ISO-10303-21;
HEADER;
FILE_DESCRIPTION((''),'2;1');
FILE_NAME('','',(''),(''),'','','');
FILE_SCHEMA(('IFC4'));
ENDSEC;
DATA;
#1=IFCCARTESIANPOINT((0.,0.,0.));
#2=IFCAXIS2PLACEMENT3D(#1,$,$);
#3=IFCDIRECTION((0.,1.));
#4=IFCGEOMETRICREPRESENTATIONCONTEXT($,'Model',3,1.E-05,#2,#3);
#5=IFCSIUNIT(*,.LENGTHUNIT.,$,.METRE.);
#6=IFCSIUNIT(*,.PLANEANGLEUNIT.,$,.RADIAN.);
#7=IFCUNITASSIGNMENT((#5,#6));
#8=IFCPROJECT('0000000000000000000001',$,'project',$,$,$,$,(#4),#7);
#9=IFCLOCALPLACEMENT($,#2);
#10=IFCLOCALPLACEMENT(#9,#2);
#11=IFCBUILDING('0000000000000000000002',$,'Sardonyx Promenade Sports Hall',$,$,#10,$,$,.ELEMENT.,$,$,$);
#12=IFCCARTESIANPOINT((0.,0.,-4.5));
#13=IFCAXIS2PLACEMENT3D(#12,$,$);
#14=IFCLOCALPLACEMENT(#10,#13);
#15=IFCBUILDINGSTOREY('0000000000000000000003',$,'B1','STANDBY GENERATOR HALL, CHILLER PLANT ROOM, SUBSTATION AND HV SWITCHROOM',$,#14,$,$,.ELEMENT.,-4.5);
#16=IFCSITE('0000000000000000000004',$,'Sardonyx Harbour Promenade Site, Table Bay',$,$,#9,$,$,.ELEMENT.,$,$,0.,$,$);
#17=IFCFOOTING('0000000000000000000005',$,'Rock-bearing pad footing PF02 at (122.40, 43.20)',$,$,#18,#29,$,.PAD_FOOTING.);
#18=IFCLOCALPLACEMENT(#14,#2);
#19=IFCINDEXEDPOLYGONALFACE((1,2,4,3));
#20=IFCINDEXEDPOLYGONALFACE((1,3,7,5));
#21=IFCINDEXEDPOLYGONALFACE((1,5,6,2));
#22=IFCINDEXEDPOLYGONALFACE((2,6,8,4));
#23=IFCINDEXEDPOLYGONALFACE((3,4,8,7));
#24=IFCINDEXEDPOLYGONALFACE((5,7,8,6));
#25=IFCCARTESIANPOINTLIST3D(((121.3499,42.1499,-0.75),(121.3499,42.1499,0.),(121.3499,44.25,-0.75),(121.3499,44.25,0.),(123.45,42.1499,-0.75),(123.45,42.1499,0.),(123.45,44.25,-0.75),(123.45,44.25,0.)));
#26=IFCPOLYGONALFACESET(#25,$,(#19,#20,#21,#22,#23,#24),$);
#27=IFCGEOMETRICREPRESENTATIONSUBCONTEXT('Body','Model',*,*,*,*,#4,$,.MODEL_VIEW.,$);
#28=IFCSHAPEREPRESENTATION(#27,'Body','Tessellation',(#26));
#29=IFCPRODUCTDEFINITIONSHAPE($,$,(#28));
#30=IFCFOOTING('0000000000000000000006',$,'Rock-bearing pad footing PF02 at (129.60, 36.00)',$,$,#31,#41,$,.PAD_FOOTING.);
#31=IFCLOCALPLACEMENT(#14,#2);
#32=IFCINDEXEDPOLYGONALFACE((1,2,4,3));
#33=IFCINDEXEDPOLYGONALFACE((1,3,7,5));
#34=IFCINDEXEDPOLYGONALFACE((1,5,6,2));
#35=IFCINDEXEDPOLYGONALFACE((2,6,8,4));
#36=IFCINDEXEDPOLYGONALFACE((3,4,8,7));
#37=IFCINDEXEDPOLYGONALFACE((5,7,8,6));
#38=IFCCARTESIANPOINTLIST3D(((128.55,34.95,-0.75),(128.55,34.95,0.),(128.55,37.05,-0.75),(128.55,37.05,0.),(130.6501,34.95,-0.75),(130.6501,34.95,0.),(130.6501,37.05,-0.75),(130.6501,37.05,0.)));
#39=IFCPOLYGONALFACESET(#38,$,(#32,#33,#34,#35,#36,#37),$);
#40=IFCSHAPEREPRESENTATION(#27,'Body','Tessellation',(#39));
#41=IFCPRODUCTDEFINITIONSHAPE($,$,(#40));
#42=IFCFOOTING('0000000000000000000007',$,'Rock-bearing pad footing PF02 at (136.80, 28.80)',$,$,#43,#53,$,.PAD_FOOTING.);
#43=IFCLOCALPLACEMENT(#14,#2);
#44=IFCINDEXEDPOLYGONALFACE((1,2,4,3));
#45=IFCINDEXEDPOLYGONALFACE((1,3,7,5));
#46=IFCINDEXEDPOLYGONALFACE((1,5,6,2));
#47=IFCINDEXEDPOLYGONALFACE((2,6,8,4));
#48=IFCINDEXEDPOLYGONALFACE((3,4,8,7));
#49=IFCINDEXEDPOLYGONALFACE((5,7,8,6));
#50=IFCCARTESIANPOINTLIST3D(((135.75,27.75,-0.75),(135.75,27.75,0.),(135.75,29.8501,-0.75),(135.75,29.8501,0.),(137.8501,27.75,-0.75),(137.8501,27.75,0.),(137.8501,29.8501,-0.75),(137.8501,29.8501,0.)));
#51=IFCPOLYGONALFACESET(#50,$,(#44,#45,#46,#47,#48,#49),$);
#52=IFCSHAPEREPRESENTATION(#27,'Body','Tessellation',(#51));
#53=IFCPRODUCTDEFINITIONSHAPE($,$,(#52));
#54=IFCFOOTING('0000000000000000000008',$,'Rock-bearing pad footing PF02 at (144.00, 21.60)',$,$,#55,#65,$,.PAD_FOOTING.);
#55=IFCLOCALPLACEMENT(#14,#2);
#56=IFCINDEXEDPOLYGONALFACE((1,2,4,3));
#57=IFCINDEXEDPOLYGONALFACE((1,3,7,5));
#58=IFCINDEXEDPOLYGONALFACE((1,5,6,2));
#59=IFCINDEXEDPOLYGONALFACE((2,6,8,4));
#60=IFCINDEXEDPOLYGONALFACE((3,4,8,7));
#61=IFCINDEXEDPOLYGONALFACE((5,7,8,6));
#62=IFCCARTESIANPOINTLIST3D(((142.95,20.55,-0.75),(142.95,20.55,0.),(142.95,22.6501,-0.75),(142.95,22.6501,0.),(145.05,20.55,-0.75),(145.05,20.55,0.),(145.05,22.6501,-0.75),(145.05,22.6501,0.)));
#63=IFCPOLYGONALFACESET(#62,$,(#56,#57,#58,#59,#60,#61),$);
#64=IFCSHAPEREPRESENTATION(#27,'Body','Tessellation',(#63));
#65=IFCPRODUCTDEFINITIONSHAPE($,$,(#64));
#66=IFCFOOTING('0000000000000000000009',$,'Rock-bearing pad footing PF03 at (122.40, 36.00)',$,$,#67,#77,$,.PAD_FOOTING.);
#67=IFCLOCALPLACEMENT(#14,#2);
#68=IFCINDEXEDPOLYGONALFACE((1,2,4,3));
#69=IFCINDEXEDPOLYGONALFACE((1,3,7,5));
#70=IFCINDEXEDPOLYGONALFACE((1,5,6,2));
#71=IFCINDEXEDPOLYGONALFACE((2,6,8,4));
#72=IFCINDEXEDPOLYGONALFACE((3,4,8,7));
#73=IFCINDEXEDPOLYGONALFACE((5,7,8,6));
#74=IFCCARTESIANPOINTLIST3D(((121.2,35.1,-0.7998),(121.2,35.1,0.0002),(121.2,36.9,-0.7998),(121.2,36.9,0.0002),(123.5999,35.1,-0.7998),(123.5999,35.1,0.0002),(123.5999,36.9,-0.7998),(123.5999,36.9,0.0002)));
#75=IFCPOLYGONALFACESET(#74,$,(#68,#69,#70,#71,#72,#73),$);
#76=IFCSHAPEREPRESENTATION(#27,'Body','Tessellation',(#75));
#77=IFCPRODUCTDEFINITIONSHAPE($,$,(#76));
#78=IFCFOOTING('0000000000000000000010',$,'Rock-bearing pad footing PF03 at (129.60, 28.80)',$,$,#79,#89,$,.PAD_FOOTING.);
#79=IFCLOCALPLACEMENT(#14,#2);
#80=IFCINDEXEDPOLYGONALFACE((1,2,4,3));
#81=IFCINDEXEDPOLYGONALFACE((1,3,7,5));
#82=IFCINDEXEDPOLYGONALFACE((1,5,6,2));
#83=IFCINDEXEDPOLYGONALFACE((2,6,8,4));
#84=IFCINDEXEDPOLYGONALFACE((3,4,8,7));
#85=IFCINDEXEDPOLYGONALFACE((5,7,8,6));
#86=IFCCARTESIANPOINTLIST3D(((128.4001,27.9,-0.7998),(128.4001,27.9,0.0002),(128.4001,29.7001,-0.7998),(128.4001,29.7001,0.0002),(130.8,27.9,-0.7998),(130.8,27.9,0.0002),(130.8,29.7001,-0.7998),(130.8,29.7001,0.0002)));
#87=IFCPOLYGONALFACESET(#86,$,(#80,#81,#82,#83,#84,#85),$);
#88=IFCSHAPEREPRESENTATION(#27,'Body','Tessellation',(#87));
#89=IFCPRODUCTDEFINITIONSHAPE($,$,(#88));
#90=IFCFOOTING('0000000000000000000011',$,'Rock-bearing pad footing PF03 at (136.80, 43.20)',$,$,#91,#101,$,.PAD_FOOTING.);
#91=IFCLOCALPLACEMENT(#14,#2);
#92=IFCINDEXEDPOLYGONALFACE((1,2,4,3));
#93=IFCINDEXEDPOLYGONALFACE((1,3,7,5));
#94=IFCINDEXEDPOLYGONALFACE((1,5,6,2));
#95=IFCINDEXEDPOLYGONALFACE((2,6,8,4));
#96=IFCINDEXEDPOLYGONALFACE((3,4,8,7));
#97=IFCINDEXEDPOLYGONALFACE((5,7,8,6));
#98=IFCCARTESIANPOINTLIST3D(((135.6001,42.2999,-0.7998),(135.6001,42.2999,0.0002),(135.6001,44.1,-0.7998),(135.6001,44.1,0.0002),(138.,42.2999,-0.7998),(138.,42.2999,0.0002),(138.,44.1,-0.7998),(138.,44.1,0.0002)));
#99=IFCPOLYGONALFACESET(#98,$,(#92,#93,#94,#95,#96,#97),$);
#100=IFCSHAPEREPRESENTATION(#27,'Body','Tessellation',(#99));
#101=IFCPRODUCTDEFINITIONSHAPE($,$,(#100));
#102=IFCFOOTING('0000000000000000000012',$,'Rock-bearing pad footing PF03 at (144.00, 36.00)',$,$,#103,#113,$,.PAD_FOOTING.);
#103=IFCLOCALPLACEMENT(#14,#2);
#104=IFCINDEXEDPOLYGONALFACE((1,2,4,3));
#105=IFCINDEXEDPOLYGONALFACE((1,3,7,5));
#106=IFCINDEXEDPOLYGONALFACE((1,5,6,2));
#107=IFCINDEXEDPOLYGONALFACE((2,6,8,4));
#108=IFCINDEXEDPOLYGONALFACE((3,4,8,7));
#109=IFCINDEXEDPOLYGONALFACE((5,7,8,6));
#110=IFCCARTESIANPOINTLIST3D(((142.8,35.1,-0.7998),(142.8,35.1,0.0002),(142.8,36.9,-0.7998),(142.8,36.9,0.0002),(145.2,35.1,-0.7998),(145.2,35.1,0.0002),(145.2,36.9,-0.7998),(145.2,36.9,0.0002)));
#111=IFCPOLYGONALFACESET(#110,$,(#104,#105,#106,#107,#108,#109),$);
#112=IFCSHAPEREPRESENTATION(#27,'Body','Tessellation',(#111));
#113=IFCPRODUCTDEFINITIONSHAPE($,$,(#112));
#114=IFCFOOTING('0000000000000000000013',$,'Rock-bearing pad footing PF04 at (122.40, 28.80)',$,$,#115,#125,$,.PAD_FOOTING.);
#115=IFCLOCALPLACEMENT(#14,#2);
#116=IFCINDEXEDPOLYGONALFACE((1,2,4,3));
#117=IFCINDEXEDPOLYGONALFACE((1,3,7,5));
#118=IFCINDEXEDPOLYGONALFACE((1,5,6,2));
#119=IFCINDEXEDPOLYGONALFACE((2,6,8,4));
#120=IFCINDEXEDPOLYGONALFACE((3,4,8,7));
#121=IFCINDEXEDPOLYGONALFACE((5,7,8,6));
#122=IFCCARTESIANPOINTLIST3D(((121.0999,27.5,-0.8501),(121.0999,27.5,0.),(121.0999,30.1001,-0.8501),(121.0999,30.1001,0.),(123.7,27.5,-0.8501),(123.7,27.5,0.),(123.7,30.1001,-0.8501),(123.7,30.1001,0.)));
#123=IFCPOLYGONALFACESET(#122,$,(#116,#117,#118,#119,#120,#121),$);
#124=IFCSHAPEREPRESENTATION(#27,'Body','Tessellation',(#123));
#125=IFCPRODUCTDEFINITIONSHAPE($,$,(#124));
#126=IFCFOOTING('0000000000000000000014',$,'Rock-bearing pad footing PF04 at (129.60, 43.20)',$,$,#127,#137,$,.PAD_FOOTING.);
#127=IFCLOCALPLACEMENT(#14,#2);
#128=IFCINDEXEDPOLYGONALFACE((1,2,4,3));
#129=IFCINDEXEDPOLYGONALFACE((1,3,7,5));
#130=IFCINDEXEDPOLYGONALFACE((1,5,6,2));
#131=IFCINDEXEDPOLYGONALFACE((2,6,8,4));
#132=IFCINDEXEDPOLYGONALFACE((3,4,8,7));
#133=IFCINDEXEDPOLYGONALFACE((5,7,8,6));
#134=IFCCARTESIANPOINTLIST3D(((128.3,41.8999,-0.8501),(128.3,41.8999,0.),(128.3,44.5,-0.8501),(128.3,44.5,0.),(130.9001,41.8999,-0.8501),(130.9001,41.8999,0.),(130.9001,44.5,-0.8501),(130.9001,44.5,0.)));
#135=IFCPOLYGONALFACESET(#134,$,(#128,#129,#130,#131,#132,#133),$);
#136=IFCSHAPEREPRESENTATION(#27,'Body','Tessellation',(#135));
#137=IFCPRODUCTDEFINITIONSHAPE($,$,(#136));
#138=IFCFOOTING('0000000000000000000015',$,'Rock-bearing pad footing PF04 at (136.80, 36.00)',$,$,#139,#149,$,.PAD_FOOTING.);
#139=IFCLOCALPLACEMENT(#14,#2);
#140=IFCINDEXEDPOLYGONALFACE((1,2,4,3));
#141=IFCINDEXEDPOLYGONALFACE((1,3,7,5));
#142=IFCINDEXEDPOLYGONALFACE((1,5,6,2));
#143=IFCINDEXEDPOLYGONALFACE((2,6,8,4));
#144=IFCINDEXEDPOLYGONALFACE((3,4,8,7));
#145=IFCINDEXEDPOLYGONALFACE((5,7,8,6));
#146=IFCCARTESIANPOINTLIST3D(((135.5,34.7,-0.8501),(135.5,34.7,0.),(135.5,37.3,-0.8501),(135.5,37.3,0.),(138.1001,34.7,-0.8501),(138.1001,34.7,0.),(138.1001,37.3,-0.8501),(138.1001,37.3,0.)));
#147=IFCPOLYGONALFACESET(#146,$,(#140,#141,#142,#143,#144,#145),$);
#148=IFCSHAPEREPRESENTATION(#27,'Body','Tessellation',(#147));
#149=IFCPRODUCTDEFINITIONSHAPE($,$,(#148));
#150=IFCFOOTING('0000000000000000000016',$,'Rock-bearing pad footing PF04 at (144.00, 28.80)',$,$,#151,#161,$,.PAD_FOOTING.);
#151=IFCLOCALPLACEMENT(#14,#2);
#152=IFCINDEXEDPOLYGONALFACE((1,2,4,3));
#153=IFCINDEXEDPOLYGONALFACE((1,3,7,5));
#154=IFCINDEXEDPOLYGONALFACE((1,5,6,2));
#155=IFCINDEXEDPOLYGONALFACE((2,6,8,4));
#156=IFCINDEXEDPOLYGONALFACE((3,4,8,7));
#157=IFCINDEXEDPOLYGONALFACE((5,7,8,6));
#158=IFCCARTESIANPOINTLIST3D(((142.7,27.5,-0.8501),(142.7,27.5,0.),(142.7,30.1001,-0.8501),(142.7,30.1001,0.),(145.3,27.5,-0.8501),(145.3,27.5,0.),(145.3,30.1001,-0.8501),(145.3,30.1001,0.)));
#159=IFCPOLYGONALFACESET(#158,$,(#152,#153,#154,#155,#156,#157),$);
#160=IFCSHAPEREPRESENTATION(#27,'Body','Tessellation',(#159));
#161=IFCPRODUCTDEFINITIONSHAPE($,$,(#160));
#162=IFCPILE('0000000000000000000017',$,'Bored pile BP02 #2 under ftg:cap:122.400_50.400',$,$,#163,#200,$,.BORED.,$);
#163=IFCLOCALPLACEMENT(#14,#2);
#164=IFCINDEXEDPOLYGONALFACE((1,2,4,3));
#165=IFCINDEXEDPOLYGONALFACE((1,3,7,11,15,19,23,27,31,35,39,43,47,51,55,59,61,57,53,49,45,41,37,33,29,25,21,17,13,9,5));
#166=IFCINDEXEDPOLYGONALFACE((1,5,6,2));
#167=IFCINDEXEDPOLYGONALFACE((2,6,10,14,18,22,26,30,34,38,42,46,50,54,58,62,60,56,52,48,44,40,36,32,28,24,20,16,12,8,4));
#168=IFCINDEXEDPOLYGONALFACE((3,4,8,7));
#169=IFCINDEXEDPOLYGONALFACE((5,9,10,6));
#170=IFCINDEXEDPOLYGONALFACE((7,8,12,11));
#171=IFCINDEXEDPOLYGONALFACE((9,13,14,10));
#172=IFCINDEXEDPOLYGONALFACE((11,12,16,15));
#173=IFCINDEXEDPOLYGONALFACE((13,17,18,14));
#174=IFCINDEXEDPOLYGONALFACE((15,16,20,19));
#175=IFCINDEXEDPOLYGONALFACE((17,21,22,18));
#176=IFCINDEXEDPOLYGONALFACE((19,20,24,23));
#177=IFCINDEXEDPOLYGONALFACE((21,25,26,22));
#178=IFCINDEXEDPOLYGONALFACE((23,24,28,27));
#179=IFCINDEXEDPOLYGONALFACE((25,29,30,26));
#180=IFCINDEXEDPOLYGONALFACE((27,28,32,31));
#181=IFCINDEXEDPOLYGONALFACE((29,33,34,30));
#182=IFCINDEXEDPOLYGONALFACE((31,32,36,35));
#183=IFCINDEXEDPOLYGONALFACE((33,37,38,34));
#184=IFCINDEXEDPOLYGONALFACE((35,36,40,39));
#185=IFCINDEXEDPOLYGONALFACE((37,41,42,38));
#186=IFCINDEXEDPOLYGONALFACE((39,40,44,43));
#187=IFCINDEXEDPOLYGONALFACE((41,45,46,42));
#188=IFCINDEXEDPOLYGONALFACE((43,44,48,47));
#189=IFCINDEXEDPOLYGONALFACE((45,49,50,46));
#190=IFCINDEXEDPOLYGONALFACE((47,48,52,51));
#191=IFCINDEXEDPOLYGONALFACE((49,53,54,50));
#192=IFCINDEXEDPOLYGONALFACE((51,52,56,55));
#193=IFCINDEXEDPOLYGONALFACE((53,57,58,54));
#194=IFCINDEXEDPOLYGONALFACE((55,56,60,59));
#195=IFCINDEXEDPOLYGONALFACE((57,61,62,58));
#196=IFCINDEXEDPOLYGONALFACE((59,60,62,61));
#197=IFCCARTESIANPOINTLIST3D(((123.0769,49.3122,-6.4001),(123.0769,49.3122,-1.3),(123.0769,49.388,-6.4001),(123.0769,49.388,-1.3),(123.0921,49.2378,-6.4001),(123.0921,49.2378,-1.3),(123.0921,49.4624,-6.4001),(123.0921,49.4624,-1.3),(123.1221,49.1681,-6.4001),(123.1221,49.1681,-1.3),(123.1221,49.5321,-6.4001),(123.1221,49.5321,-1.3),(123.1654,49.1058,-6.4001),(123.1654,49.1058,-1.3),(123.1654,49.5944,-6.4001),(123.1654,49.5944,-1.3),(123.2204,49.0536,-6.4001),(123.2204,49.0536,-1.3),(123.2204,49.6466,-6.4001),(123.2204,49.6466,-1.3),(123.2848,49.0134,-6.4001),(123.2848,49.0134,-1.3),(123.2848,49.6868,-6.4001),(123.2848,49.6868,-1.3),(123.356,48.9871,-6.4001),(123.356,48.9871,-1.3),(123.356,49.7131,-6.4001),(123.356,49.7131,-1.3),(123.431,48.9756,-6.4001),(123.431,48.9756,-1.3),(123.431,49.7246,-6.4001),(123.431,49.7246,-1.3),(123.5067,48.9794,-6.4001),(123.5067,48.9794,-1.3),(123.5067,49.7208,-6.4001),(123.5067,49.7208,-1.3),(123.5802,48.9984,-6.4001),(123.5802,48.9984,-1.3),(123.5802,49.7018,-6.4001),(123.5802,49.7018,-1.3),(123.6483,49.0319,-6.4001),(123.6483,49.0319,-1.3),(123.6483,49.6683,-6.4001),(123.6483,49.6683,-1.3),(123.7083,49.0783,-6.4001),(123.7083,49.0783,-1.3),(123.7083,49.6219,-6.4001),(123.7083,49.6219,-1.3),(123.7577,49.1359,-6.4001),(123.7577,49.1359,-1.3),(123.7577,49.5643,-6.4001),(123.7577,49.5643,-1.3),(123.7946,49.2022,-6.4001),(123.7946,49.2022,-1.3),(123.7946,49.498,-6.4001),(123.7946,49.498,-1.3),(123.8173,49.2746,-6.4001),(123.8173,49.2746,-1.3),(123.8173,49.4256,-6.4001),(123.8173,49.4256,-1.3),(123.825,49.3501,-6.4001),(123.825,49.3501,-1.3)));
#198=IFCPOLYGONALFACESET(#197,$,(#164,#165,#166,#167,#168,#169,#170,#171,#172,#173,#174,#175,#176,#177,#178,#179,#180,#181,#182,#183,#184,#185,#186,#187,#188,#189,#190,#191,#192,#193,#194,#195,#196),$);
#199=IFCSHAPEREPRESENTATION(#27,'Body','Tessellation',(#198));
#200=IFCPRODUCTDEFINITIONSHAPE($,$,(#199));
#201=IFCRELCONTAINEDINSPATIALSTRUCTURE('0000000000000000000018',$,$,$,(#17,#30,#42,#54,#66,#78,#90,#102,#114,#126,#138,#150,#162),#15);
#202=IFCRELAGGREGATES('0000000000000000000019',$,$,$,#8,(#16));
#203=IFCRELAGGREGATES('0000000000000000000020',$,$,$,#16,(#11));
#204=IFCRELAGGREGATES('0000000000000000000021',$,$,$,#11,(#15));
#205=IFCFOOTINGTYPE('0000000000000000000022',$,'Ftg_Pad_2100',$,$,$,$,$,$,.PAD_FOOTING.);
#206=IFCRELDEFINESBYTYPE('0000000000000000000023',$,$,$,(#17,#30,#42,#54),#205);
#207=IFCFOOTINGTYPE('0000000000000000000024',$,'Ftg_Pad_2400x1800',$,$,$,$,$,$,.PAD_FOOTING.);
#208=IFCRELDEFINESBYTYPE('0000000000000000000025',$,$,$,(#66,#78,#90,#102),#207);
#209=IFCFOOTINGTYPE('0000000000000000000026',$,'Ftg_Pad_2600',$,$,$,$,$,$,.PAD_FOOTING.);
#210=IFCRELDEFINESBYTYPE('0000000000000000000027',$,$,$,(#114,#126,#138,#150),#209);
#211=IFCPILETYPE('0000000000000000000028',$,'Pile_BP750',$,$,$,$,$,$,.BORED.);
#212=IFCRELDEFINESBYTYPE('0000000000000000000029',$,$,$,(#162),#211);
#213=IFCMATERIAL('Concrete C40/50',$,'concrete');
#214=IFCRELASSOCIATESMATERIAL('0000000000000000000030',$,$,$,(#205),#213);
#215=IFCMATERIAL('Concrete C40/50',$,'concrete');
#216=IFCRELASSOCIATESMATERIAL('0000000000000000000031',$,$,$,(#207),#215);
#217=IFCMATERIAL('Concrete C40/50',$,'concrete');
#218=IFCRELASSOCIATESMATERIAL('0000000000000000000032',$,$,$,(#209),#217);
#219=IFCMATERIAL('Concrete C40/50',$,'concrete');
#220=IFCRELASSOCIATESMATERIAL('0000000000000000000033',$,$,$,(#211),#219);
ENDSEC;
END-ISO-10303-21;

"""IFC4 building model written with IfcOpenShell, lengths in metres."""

from ifc_helpers import new_model, si_unit, direction, frame, origin, origin_2d, place, context, subcontext, project, spatial, rectangle, circle, extrude, material, material_profile, profile_set, type_object, element, save


model = new_model("IFC4")

# Units and contexts
model_context = context("Model", 3, precision=1e-05, world=origin(), true_north=direction((0.0, 1.0)))
body_context = subcontext(model_context, "Body", "Model", "MODEL_VIEW")
ifc_project = project(units=[si_unit("LENGTHUNIT", "METRE"), si_unit("PLANEANGLEUNIT", "RADIAN")], contexts=[model_context])

# Site, building, storey
site_placement = place(None, origin())
site = spatial("IfcSite", under=ifc_project, at=site_placement, Name="Sardonyx Harbour Promenade Site, Table Bay", CompositionType="ELEMENT", RefElevation=0.0)
building_placement = place(site_placement, origin())
building = spatial("IfcBuilding", under=site, at=building_placement, Name="Sardonyx Promenade Sports Hall", CompositionType="ELEMENT")
storey_placement = place(building_placement, frame((0.0, 0.0, -4.5)))
storey = spatial("IfcBuildingStorey", under=building, at=storey_placement, Name="B1", Description="STANDBY GENERATOR HALL, CHILLER PLANT ROOM, SUBSTATION AND HV SWITCHROOM", CompositionType="ELEMENT", Elevation=-4.5)

# Footings
ifc_material_1 = material(Name="Concrete C40/50", Category="concrete")
footing_type_1 = type_object("IfcFootingType", Name="Ftg_Pad_2100", PredefinedType="PAD_FOOTING", material=ifc_material_1)
for number, where, z_axis, x_axis, name in (
    (1, (122.3999, 43.2, -0.75), (0.0, 0.0, 1.0), (1.0, 0.0, 0.0), "Rock-bearing pad footing PF02 at (122.40, 43.20)"),
    (2, (129.6001, 36.0, -0.75), (0.0, 0.0, 1.0), (1.0, 0.0, 0.0), "Rock-bearing pad footing PF02 at (129.60, 36.00)"),
    (3, (136.8, 28.8, -0.75), (0.0, 0.0, 1.0), (1.0, 0.0, 0.0), "Rock-bearing pad footing PF02 at (136.80, 28.80)"),
    (4, (144.0, 21.6001, -0.75), (0.0, 0.0, 1.0), (1.0, 0.0, 0.0), "Rock-bearing pad footing PF02 at (144.00, 21.60)"),
):
    element("IfcFooting", number, at=place(storey_placement, frame(where, z_axis=z_axis, x_axis=x_axis)), inside=storey, type_object=footing_type_1, Name=name, PredefinedType="PAD_FOOTING", context=body_context, shape_type="SweptSolid", body=[
        extrude(rectangle(XDim=2.1001, YDim=2.1001, at=origin_2d()), origin(), (0.0, 0.0, 1.0), 0.75),
    ])
ifc_material_2 = material(Name="Concrete C40/50", Category="concrete")
footing_type_2 = type_object("IfcFootingType", Name="Ftg_Pad_2400x1800", PredefinedType="PAD_FOOTING", material=ifc_material_2)
for number, where, z_axis, x_axis, name in (
    (5, (122.3999, 36.0, -0.7998), (0.0, 0.0, 1.0), (1.0, 0.0, 0.0), "Rock-bearing pad footing PF03 at (122.40, 36.00)"),
    (6, (129.6001, 28.8, -0.7998), (0.0, 0.0, 1.0), (1.0, 0.0, 0.0), "Rock-bearing pad footing PF03 at (129.60, 28.80)"),
    (7, (136.8, 43.2, -0.7998), (0.0, 0.0, 1.0), (1.0, 0.0, 0.0), "Rock-bearing pad footing PF03 at (136.80, 43.20)"),
    (8, (144.0, 36.0, -0.7998), (0.0, 0.0, 1.0), (1.0, 0.0, 0.0), "Rock-bearing pad footing PF03 at (144.00, 36.00)"),
):
    element("IfcFooting", number, at=place(storey_placement, frame(where, z_axis=z_axis, x_axis=x_axis)), inside=storey, type_object=footing_type_2, Name=name, PredefinedType="PAD_FOOTING", context=body_context, shape_type="SweptSolid", body=[
        extrude(rectangle(XDim=2.3999, YDim=1.8, at=origin_2d()), origin(), (0.0, 0.0, 1.0), 0.8),
    ])
ifc_material_3 = material(Name="Concrete C40/50", Category="concrete")
footing_type_3 = type_object("IfcFootingType", Name="Ftg_Pad_2600", PredefinedType="PAD_FOOTING", material=ifc_material_3)
for number, where, z_axis, x_axis, name in (
    (9, (122.3999, 28.8, -0.8501), (0.0, 0.0, 1.0), (1.0, 0.0, 0.0), "Rock-bearing pad footing PF04 at (122.40, 28.80)"),
    (10, (129.6001, 43.2, -0.8501), (0.0, 0.0, 1.0), (1.0, 0.0, 0.0), "Rock-bearing pad footing PF04 at (129.60, 43.20)"),
    (11, (136.8, 36.0, -0.8501), (0.0, 0.0, 1.0), (1.0, 0.0, 0.0), "Rock-bearing pad footing PF04 at (136.80, 36.00)"),
    (12, (144.0, 28.8, -0.8501), (0.0, 0.0, 1.0), (1.0, 0.0, 0.0), "Rock-bearing pad footing PF04 at (144.00, 28.80)"),
):
    element("IfcFooting", number, at=place(storey_placement, frame(where, z_axis=z_axis, x_axis=x_axis)), inside=storey, type_object=footing_type_3, Name=name, PredefinedType="PAD_FOOTING", context=body_context, shape_type="SweptSolid", body=[
        extrude(rectangle(XDim=2.6001, YDim=2.6001, at=origin_2d()), origin(), (0.0, 0.0, 1.0), 0.8501),
    ])

# Pile
ifc_material_4 = material(Name="Concrete C40/50", Category="concrete")
ifc_material_profile_1 = material_profile(ifc_material_4, circle(Radius=0.375, at=origin_2d()))
ifc_profile_set_1 = profile_set([ifc_material_profile_1], Name="Concrete C40/50")
pile_type_1 = type_object("IfcPileType", Name="Pile_BP750", PredefinedType="BORED", material=ifc_profile_set_1)
pile_placement = place(storey_placement, frame((123.45, 49.3501, -1.3), z_axis=(0.0, 0.0, -1.0), x_axis=(1.0, 0.0, 0.0)))
element("IfcPile", 13, at=pile_placement, inside=storey, type_object=pile_type_1, Name="Bored pile BP02 #2 under ftg:cap:122.400_50.400", PredefinedType="BORED", context=body_context, shape_type="SweptSolid", body=[
    extrude(circle(Radius=0.375, at=origin_2d()), origin(), (0.0, 0.0, 1.0), 5.1001),
])

save(model, "model.ifc")
